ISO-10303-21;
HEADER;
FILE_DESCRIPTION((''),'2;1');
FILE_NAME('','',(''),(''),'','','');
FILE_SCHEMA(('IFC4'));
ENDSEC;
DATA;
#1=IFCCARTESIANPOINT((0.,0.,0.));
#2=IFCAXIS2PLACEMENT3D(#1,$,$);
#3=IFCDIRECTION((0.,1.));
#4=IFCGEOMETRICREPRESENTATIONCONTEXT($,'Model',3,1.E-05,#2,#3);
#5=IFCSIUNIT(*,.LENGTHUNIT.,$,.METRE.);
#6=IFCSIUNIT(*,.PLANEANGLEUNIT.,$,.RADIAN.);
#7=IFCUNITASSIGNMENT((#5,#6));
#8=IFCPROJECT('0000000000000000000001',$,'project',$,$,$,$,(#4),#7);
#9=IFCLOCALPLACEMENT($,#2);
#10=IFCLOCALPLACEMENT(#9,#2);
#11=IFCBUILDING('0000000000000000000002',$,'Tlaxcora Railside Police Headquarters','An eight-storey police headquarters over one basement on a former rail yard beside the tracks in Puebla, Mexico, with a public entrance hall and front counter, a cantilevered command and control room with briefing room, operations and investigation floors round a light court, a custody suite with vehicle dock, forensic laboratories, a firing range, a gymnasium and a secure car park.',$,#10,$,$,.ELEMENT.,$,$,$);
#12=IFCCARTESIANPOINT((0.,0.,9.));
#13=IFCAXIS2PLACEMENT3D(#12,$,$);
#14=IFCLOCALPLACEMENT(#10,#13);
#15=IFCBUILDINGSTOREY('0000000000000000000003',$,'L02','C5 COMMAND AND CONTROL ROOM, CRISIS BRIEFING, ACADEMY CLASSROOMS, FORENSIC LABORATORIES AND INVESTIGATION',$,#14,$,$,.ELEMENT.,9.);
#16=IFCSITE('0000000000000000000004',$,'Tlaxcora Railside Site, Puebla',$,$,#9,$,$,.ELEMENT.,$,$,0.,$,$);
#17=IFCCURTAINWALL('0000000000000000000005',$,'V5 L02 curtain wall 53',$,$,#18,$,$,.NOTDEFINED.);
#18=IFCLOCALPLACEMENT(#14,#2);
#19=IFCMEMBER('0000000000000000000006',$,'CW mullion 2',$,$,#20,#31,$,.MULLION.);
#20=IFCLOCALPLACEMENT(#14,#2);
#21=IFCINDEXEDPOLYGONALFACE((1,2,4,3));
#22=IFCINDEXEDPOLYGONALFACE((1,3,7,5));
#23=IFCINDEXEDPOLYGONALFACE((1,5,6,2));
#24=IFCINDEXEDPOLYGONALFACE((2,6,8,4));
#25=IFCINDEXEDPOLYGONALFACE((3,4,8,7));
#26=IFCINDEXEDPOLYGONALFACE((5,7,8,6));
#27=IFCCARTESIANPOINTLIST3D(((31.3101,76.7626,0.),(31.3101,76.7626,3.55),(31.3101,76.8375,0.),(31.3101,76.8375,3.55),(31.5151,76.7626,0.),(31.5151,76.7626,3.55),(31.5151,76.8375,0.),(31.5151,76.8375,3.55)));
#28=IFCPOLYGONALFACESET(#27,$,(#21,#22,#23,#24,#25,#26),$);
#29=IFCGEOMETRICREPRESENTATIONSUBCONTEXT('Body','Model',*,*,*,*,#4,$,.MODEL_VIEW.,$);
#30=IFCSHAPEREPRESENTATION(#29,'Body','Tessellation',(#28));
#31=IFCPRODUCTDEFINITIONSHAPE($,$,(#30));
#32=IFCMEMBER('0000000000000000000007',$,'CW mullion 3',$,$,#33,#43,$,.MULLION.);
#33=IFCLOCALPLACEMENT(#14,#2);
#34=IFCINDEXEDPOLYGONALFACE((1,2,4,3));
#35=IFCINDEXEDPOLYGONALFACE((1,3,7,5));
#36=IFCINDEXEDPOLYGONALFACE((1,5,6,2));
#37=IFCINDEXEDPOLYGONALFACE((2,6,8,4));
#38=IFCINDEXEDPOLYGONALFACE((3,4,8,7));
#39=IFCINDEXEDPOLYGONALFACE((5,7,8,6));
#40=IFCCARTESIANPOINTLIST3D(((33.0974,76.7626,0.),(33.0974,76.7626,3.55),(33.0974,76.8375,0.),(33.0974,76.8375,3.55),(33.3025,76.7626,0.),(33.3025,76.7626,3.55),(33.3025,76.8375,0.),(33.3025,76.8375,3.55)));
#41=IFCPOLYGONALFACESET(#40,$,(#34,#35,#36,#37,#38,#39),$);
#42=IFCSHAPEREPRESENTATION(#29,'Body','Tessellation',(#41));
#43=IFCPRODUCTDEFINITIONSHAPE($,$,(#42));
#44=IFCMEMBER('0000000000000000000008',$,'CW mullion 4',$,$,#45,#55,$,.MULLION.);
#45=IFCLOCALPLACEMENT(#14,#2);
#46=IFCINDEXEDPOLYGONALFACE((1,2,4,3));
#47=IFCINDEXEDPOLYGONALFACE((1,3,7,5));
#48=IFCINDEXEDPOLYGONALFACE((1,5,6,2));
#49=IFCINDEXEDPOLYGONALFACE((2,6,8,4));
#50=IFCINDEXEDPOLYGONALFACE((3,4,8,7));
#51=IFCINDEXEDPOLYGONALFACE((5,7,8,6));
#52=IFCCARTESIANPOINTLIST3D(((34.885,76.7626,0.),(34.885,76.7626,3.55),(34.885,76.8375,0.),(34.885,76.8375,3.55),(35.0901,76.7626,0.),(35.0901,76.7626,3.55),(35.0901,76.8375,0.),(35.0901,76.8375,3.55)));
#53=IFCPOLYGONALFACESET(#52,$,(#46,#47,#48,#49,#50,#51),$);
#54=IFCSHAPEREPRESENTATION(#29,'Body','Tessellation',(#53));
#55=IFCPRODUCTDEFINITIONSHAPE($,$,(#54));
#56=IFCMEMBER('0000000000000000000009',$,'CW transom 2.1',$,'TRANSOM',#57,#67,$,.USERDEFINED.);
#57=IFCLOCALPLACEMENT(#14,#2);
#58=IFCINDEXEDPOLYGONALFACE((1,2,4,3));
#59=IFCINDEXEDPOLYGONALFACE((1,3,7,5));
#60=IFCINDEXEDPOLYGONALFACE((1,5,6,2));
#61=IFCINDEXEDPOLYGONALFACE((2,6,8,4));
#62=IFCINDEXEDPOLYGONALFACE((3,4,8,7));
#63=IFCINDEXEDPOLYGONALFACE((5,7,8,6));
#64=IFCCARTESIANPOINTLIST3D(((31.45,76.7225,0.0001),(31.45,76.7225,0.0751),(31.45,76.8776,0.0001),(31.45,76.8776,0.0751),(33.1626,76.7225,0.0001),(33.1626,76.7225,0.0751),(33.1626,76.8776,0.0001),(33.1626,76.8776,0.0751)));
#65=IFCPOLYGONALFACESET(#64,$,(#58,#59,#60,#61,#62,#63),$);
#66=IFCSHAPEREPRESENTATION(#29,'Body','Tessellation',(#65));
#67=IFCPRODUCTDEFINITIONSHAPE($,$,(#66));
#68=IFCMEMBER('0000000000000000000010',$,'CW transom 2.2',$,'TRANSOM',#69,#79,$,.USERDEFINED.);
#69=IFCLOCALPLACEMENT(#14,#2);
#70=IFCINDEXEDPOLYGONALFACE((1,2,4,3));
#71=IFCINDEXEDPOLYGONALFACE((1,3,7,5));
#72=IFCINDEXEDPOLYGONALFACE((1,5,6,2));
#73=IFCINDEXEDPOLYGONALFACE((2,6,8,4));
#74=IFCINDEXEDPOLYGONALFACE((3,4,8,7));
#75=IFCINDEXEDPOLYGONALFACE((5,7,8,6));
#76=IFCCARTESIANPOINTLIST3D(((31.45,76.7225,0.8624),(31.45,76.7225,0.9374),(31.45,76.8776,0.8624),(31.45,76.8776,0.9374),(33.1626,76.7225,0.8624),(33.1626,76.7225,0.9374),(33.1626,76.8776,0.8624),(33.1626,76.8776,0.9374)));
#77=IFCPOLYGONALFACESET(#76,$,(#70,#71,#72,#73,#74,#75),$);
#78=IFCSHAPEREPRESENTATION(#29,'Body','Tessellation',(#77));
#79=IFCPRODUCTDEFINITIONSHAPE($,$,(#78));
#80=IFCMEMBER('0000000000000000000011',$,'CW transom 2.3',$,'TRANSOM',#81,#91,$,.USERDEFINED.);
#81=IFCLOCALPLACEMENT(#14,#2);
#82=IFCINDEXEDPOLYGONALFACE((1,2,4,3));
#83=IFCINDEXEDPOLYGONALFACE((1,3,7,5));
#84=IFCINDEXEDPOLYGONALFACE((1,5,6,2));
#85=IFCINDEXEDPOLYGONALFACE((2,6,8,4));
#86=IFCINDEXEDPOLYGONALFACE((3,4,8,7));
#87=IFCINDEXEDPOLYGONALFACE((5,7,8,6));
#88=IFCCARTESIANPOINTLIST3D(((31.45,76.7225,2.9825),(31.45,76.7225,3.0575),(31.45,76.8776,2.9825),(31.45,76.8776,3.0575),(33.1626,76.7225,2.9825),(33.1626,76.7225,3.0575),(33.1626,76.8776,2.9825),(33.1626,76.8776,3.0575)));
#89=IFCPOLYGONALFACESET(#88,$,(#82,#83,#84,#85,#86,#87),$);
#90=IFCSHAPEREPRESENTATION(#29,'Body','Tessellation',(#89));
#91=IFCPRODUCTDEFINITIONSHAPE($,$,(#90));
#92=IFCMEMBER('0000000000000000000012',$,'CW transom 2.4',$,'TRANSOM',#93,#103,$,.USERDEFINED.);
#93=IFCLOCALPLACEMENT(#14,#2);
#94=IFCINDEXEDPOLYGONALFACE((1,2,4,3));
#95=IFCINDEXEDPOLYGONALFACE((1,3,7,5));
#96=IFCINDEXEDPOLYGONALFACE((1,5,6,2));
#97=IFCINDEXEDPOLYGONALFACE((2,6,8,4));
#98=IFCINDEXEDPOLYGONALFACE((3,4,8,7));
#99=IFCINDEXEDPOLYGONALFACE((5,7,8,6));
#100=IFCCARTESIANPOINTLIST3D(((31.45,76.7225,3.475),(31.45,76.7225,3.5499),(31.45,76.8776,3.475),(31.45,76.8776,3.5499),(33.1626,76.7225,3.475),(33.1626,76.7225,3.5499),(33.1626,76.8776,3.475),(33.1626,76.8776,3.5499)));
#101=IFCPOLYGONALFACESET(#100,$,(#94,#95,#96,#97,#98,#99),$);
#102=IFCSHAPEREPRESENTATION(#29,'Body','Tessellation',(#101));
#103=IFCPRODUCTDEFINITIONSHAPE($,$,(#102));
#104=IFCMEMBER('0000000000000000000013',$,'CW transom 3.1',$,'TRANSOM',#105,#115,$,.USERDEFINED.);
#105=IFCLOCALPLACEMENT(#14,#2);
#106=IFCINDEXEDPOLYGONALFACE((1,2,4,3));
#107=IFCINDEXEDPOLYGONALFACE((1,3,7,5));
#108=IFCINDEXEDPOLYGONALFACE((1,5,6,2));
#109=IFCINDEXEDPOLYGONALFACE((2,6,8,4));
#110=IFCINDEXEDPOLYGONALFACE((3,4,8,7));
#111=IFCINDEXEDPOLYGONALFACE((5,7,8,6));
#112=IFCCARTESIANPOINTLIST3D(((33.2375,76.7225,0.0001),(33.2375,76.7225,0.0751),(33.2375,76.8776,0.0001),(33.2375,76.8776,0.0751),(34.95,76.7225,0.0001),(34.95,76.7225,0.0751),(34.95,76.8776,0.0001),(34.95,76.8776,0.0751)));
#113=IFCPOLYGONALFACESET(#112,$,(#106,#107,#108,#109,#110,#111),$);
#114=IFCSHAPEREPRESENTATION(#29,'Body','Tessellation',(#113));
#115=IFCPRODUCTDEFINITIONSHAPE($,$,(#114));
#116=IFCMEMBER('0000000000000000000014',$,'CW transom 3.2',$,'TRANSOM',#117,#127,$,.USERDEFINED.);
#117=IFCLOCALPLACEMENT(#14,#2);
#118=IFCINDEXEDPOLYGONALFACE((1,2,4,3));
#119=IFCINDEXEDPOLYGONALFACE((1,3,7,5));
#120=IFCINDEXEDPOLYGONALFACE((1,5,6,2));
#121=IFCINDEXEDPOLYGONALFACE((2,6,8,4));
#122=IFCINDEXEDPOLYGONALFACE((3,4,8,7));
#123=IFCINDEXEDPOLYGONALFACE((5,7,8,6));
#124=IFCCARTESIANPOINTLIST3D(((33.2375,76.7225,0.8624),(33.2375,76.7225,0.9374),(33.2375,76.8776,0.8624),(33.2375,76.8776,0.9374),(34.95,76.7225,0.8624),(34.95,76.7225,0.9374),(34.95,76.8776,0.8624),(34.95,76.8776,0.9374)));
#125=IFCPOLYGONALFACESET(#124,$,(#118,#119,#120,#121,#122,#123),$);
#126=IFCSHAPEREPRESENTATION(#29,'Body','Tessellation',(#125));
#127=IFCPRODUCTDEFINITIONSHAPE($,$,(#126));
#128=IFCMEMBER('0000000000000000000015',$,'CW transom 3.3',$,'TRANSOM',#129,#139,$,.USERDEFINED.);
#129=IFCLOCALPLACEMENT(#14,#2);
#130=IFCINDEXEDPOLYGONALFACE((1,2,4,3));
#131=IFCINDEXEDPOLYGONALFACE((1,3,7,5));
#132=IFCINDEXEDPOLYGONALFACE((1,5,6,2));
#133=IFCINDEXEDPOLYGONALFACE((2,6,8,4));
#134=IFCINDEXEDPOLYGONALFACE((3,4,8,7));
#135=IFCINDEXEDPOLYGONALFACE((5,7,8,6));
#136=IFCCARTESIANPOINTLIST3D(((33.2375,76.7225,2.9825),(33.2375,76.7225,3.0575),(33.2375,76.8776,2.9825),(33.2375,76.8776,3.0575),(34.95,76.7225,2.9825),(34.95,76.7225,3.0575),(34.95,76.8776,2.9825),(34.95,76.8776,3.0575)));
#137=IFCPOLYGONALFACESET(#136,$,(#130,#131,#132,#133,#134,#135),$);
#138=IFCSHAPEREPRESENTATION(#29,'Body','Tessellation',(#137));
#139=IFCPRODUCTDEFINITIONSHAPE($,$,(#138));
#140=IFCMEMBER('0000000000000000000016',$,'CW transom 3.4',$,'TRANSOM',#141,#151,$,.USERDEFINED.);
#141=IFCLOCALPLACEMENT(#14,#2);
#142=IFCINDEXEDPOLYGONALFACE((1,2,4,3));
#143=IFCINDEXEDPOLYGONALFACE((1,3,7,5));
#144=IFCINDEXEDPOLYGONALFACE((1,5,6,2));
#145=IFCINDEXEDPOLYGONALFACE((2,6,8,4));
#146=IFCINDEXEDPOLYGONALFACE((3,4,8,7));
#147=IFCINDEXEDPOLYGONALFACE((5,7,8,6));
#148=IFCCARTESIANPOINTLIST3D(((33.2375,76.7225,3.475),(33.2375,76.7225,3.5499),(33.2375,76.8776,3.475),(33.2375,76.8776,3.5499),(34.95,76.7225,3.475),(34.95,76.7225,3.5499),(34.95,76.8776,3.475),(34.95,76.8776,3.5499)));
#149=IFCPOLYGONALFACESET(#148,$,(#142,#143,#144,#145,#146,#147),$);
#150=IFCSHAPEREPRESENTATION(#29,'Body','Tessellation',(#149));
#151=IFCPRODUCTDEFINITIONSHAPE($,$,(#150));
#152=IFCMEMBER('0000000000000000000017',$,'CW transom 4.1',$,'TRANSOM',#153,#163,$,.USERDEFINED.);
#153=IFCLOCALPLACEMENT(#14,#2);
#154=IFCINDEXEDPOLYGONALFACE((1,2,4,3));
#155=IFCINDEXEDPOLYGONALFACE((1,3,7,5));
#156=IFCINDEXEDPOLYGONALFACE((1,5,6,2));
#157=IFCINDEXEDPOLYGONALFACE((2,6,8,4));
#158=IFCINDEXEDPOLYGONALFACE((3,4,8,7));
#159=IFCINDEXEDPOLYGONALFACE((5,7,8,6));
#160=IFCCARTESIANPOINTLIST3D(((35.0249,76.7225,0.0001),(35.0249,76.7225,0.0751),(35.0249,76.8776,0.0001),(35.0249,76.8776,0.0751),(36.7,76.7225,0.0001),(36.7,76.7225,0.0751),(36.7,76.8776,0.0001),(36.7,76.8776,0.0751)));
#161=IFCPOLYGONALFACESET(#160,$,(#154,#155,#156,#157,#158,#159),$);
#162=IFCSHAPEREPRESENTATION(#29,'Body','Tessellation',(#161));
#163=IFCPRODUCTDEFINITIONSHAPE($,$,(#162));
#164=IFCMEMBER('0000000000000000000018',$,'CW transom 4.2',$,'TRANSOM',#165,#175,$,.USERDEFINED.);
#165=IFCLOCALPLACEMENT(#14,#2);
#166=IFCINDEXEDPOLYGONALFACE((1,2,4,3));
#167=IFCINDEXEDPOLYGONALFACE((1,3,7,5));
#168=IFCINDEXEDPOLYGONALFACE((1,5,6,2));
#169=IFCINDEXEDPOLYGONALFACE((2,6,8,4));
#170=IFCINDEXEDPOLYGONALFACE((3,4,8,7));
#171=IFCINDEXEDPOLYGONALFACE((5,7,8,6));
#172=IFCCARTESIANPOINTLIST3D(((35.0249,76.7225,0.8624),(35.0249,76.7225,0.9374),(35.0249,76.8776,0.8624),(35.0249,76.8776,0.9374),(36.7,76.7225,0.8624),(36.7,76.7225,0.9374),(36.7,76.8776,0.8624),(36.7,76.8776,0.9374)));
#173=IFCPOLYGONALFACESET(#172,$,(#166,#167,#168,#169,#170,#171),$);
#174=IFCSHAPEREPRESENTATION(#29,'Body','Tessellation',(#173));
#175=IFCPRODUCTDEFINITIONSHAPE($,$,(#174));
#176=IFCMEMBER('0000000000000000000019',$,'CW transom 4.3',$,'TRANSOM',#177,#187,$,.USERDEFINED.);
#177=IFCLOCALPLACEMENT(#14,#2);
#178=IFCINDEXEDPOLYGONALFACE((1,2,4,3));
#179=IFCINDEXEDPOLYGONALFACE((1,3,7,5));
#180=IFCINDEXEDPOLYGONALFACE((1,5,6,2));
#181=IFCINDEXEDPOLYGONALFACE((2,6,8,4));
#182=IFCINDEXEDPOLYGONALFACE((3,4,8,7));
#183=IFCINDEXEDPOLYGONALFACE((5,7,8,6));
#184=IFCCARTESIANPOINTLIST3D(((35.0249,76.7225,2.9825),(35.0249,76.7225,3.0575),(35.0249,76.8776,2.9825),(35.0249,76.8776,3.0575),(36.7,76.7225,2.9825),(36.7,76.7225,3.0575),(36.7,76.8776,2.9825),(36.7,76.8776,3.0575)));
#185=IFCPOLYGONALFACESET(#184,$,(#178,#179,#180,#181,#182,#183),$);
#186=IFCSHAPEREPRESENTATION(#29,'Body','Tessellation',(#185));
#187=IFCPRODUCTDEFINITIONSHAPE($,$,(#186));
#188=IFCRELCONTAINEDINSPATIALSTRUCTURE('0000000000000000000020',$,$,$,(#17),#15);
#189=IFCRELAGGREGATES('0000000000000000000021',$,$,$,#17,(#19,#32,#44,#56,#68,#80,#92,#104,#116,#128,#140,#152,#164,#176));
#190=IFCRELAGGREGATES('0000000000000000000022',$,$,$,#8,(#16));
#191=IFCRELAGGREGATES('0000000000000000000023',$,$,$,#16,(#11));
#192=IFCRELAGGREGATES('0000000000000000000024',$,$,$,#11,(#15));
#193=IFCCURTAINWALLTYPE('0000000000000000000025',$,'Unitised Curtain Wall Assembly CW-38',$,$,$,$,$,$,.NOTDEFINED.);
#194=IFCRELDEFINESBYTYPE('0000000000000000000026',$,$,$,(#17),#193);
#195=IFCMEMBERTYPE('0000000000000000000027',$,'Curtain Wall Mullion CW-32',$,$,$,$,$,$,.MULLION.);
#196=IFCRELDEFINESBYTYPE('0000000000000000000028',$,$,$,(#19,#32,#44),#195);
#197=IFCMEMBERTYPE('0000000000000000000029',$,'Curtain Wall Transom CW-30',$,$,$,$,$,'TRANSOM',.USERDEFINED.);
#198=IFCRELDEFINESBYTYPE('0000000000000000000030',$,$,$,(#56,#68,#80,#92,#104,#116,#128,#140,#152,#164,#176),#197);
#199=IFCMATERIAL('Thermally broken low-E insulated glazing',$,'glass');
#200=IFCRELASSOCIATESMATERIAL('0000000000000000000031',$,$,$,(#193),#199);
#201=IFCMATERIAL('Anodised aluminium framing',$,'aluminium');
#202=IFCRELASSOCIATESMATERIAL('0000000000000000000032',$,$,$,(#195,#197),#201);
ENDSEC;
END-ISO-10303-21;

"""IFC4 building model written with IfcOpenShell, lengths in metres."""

from ifc_helpers import new_model, si_unit, direction, frame, origin, origin_2d, place, context, subcontext, project, spatial, rectangle, extrude, material, material_profile, profile_set, type_object, element, aggregate, save


model = new_model("IFC4")

# Units and contexts
model_context = context("Model", 3, precision=1e-05, world=origin(), true_north=direction((0.0, 1.0)))
body_context = subcontext(model_context, "Body", "Model", "MODEL_VIEW")
ifc_project = project(units=[si_unit("LENGTHUNIT", "METRE"), si_unit("PLANEANGLEUNIT", "RADIAN")], contexts=[model_context])

# Site, building, storey
site_placement = place(None, origin())
site = spatial("IfcSite", under=ifc_project, at=site_placement, Name="Tlaxcora Railside Site, Puebla", CompositionType="ELEMENT", RefElevation=0.0)
building_placement = place(site_placement, origin())
building = spatial("IfcBuilding", under=site, at=building_placement, Name="Tlaxcora Railside Police Headquarters", Description="An eight-storey police headquarters over one basement on a former rail yard beside the tracks in Puebla, Mexico, with a public entrance hall and front counter, a cantilevered command and control room with briefing room, operations and investigation floors round a light court, a custody suite with vehicle dock, forensic laboratories, a firing range, a gymnasium and a secure car park.", CompositionType="ELEMENT")
storey_placement = place(building_placement, frame((0.0, 0.0, 9.0)))
storey = spatial("IfcBuildingStorey", under=building, at=storey_placement, Name="L02", Description="C5 COMMAND AND CONTROL ROOM, CRISIS BRIEFING, ACADEMY CLASSROOMS, FORENSIC LABORATORIES AND INVESTIGATION", CompositionType="ELEMENT", Elevation=9.0)

# Curtain wall, members
ifc_material_1 = material(Name="Thermally broken low-E insulated glazing", Category="glass")
curtain_wall_type = type_object("IfcCurtainWallType", Name="Unitised Curtain Wall Assembly CW-38", PredefinedType="NOTDEFINED", material=ifc_material_1)
curtain_wall_placement = place(storey_placement, origin())
curtain_wall = element("IfcCurtainWall", 1, at=curtain_wall_placement, inside=storey, type_object=curtain_wall_type, Name="V5 L02 curtain wall 53", PredefinedType="NOTDEFINED")
ifc_material_2 = material(Name="Anodised aluminium framing", Category="aluminium")
ifc_material_profile_1 = material_profile(ifc_material_2, rectangle(XDim=0.075, YDim=0.2051, at=origin_2d()), Name="AL75X205")
ifc_profile_set_1 = profile_set([ifc_material_profile_1], Name="Anodised aluminium framing")
member_type_1 = type_object("IfcMemberType", Name="Curtain Wall Mullion CW-32", PredefinedType="MULLION", material=ifc_profile_set_1)
member_1_placement = place(storey_placement, frame((31.4126, 76.8, 0.0), z_axis=(0.0, 0.0, 1.0), x_axis=(0.0, 1.0, 0.0)))
member_1 = element("IfcMember", 2, at=member_1_placement, type_object=member_type_1, Name="CW mullion 2", PredefinedType="MULLION", context=body_context, shape_type="SweptSolid", body=[
    extrude(rectangle(XDim=0.075, YDim=0.2051, at=origin_2d()), origin(), (0.0, 0.0, 1.0), 3.55),
])
member_2_placement = place(storey_placement, frame((33.2, 76.8, 0.0), z_axis=(0.0, 0.0, 1.0), x_axis=(0.0, 1.0, 0.0)))
member_2 = element("IfcMember", 3, at=member_2_placement, type_object=member_type_1, Name="CW mullion 3", PredefinedType="MULLION", context=body_context, shape_type="SweptSolid", body=[
    extrude(rectangle(XDim=0.075, YDim=0.2051, at=origin_2d()), origin(), (0.0, 0.0, 1.0), 3.55),
])
member_3_placement = place(storey_placement, frame((34.9875, 76.8, 0.0), z_axis=(0.0, 0.0, 1.0), x_axis=(0.0, 1.0, 0.0)))
member_3 = element("IfcMember", 4, at=member_3_placement, type_object=member_type_1, Name="CW mullion 4", PredefinedType="MULLION", context=body_context, shape_type="SweptSolid", body=[
    extrude(rectangle(XDim=0.075, YDim=0.2051, at=origin_2d()), origin(), (0.0, 0.0, 1.0), 3.55),
])
ifc_material_profile_2 = material_profile(ifc_material_2, rectangle(XDim=0.155, YDim=0.075, at=origin_2d()), Name="AL75X155")
ifc_profile_set_2 = profile_set([ifc_material_profile_2], Name="Anodised aluminium framing")
member_type_2 = type_object("IfcMemberType", Name="Curtain Wall Transom CW-30", ElementType="TRANSOM", PredefinedType="USERDEFINED", material=ifc_profile_set_2)
member_4_placement = place(storey_placement, frame((31.45, 76.8, 0.0376), z_axis=(1.0, 0.0, 0.0), x_axis=(0.0, 1.0, 0.0)))
member_4 = element("IfcMember", 5, at=member_4_placement, type_object=member_type_2, Name="CW transom 2.1", ObjectType="TRANSOM", PredefinedType="USERDEFINED", context=body_context, shape_type="SweptSolid", body=[
    extrude(rectangle(XDim=0.155, YDim=0.075, at=origin_2d()), origin(), (0.0, 0.0, 1.0), 1.7126),
])
member_5_placement = place(storey_placement, frame((31.45, 76.8, 0.8999), z_axis=(1.0, 0.0, 0.0), x_axis=(0.0, 1.0, 0.0)))
member_5 = element("IfcMember", 6, at=member_5_placement, type_object=member_type_2, Name="CW transom 2.2", ObjectType="TRANSOM", PredefinedType="USERDEFINED", context=body_context, shape_type="SweptSolid", body=[
    extrude(rectangle(XDim=0.155, YDim=0.075, at=origin_2d()), origin(), (0.0, 0.0, 1.0), 1.7126),
])
member_6_placement = place(storey_placement, frame((31.45, 76.8, 3.02), z_axis=(1.0, 0.0, 0.0), x_axis=(0.0, 1.0, 0.0)))
member_6 = element("IfcMember", 7, at=member_6_placement, type_object=member_type_2, Name="CW transom 2.3", ObjectType="TRANSOM", PredefinedType="USERDEFINED", context=body_context, shape_type="SweptSolid", body=[
    extrude(rectangle(XDim=0.155, YDim=0.075, at=origin_2d()), origin(), (0.0, 0.0, 1.0), 1.7126),
])
member_7_placement = place(storey_placement, frame((31.45, 76.8, 3.5125), z_axis=(1.0, 0.0, 0.0), x_axis=(0.0, 1.0, 0.0)))
member_7 = element("IfcMember", 8, at=member_7_placement, type_object=member_type_2, Name="CW transom 2.4", ObjectType="TRANSOM", PredefinedType="USERDEFINED", context=body_context, shape_type="SweptSolid", body=[
    extrude(rectangle(XDim=0.155, YDim=0.075, at=origin_2d()), origin(), (0.0, 0.0, 1.0), 1.7126),
])
member_8_placement = place(storey_placement, frame((33.2375, 76.8, 0.0376), z_axis=(1.0, 0.0, 0.0), x_axis=(0.0, 1.0, 0.0)))
member_8 = element("IfcMember", 9, at=member_8_placement, type_object=member_type_2, Name="CW transom 3.1", ObjectType="TRANSOM", PredefinedType="USERDEFINED", context=body_context, shape_type="SweptSolid", body=[
    extrude(rectangle(XDim=0.155, YDim=0.075, at=origin_2d()), origin(), (0.0, 0.0, 1.0), 1.7124),
])
member_9_placement = place(storey_placement, frame((33.2375, 76.8, 0.8999), z_axis=(1.0, 0.0, 0.0), x_axis=(0.0, 1.0, 0.0)))
member_9 = element("IfcMember", 10, at=member_9_placement, type_object=member_type_2, Name="CW transom 3.2", ObjectType="TRANSOM", PredefinedType="USERDEFINED", context=body_context, shape_type="SweptSolid", body=[
    extrude(rectangle(XDim=0.155, YDim=0.075, at=origin_2d()), origin(), (0.0, 0.0, 1.0), 1.7124),
])
member_10_placement = place(storey_placement, frame((33.2375, 76.8, 3.02), z_axis=(1.0, 0.0, 0.0), x_axis=(0.0, 1.0, 0.0)))
member_10 = element("IfcMember", 11, at=member_10_placement, type_object=member_type_2, Name="CW transom 3.3", ObjectType="TRANSOM", PredefinedType="USERDEFINED", context=body_context, shape_type="SweptSolid", body=[
    extrude(rectangle(XDim=0.155, YDim=0.075, at=origin_2d()), origin(), (0.0, 0.0, 1.0), 1.7124),
])
member_11_placement = place(storey_placement, frame((33.2375, 76.8, 3.5125), z_axis=(1.0, 0.0, 0.0), x_axis=(0.0, 1.0, 0.0)))
member_11 = element("IfcMember", 12, at=member_11_placement, type_object=member_type_2, Name="CW transom 3.4", ObjectType="TRANSOM", PredefinedType="USERDEFINED", context=body_context, shape_type="SweptSolid", body=[
    extrude(rectangle(XDim=0.155, YDim=0.075, at=origin_2d()), origin(), (0.0, 0.0, 1.0), 1.7124),
])
member_12_placement = place(storey_placement, frame((35.0249, 76.8, 0.0376), z_axis=(1.0, 0.0, 0.0), x_axis=(0.0, 1.0, 0.0)))
member_12 = element("IfcMember", 13, at=member_12_placement, type_object=member_type_2, Name="CW transom 4.1", ObjectType="TRANSOM", PredefinedType="USERDEFINED", context=body_context, shape_type="SweptSolid", body=[
    extrude(rectangle(XDim=0.155, YDim=0.075, at=origin_2d()), origin(), (0.0, 0.0, 1.0), 1.675),
])
member_13_placement = place(storey_placement, frame((35.0249, 76.8, 0.8999), z_axis=(1.0, 0.0, 0.0), x_axis=(0.0, 1.0, 0.0)))
member_13 = element("IfcMember", 14, at=member_13_placement, type_object=member_type_2, Name="CW transom 4.2", ObjectType="TRANSOM", PredefinedType="USERDEFINED", context=body_context, shape_type="SweptSolid", body=[
    extrude(rectangle(XDim=0.155, YDim=0.075, at=origin_2d()), origin(), (0.0, 0.0, 1.0), 1.675),
])
member_14_placement = place(storey_placement, frame((35.0249, 76.8, 3.02), z_axis=(1.0, 0.0, 0.0), x_axis=(0.0, 1.0, 0.0)))
member_14 = element("IfcMember", 15, at=member_14_placement, type_object=member_type_2, Name="CW transom 4.3", ObjectType="TRANSOM", PredefinedType="USERDEFINED", context=body_context, shape_type="SweptSolid", body=[
    extrude(rectangle(XDim=0.155, YDim=0.075, at=origin_2d()), origin(), (0.0, 0.0, 1.0), 1.675),
])
aggregate(curtain_wall, [member_1, member_2, member_3, member_4, member_5, member_6, member_7, member_8, member_9, member_10, member_11, member_12, member_13, member_14])

save(model, "model.ifc")
